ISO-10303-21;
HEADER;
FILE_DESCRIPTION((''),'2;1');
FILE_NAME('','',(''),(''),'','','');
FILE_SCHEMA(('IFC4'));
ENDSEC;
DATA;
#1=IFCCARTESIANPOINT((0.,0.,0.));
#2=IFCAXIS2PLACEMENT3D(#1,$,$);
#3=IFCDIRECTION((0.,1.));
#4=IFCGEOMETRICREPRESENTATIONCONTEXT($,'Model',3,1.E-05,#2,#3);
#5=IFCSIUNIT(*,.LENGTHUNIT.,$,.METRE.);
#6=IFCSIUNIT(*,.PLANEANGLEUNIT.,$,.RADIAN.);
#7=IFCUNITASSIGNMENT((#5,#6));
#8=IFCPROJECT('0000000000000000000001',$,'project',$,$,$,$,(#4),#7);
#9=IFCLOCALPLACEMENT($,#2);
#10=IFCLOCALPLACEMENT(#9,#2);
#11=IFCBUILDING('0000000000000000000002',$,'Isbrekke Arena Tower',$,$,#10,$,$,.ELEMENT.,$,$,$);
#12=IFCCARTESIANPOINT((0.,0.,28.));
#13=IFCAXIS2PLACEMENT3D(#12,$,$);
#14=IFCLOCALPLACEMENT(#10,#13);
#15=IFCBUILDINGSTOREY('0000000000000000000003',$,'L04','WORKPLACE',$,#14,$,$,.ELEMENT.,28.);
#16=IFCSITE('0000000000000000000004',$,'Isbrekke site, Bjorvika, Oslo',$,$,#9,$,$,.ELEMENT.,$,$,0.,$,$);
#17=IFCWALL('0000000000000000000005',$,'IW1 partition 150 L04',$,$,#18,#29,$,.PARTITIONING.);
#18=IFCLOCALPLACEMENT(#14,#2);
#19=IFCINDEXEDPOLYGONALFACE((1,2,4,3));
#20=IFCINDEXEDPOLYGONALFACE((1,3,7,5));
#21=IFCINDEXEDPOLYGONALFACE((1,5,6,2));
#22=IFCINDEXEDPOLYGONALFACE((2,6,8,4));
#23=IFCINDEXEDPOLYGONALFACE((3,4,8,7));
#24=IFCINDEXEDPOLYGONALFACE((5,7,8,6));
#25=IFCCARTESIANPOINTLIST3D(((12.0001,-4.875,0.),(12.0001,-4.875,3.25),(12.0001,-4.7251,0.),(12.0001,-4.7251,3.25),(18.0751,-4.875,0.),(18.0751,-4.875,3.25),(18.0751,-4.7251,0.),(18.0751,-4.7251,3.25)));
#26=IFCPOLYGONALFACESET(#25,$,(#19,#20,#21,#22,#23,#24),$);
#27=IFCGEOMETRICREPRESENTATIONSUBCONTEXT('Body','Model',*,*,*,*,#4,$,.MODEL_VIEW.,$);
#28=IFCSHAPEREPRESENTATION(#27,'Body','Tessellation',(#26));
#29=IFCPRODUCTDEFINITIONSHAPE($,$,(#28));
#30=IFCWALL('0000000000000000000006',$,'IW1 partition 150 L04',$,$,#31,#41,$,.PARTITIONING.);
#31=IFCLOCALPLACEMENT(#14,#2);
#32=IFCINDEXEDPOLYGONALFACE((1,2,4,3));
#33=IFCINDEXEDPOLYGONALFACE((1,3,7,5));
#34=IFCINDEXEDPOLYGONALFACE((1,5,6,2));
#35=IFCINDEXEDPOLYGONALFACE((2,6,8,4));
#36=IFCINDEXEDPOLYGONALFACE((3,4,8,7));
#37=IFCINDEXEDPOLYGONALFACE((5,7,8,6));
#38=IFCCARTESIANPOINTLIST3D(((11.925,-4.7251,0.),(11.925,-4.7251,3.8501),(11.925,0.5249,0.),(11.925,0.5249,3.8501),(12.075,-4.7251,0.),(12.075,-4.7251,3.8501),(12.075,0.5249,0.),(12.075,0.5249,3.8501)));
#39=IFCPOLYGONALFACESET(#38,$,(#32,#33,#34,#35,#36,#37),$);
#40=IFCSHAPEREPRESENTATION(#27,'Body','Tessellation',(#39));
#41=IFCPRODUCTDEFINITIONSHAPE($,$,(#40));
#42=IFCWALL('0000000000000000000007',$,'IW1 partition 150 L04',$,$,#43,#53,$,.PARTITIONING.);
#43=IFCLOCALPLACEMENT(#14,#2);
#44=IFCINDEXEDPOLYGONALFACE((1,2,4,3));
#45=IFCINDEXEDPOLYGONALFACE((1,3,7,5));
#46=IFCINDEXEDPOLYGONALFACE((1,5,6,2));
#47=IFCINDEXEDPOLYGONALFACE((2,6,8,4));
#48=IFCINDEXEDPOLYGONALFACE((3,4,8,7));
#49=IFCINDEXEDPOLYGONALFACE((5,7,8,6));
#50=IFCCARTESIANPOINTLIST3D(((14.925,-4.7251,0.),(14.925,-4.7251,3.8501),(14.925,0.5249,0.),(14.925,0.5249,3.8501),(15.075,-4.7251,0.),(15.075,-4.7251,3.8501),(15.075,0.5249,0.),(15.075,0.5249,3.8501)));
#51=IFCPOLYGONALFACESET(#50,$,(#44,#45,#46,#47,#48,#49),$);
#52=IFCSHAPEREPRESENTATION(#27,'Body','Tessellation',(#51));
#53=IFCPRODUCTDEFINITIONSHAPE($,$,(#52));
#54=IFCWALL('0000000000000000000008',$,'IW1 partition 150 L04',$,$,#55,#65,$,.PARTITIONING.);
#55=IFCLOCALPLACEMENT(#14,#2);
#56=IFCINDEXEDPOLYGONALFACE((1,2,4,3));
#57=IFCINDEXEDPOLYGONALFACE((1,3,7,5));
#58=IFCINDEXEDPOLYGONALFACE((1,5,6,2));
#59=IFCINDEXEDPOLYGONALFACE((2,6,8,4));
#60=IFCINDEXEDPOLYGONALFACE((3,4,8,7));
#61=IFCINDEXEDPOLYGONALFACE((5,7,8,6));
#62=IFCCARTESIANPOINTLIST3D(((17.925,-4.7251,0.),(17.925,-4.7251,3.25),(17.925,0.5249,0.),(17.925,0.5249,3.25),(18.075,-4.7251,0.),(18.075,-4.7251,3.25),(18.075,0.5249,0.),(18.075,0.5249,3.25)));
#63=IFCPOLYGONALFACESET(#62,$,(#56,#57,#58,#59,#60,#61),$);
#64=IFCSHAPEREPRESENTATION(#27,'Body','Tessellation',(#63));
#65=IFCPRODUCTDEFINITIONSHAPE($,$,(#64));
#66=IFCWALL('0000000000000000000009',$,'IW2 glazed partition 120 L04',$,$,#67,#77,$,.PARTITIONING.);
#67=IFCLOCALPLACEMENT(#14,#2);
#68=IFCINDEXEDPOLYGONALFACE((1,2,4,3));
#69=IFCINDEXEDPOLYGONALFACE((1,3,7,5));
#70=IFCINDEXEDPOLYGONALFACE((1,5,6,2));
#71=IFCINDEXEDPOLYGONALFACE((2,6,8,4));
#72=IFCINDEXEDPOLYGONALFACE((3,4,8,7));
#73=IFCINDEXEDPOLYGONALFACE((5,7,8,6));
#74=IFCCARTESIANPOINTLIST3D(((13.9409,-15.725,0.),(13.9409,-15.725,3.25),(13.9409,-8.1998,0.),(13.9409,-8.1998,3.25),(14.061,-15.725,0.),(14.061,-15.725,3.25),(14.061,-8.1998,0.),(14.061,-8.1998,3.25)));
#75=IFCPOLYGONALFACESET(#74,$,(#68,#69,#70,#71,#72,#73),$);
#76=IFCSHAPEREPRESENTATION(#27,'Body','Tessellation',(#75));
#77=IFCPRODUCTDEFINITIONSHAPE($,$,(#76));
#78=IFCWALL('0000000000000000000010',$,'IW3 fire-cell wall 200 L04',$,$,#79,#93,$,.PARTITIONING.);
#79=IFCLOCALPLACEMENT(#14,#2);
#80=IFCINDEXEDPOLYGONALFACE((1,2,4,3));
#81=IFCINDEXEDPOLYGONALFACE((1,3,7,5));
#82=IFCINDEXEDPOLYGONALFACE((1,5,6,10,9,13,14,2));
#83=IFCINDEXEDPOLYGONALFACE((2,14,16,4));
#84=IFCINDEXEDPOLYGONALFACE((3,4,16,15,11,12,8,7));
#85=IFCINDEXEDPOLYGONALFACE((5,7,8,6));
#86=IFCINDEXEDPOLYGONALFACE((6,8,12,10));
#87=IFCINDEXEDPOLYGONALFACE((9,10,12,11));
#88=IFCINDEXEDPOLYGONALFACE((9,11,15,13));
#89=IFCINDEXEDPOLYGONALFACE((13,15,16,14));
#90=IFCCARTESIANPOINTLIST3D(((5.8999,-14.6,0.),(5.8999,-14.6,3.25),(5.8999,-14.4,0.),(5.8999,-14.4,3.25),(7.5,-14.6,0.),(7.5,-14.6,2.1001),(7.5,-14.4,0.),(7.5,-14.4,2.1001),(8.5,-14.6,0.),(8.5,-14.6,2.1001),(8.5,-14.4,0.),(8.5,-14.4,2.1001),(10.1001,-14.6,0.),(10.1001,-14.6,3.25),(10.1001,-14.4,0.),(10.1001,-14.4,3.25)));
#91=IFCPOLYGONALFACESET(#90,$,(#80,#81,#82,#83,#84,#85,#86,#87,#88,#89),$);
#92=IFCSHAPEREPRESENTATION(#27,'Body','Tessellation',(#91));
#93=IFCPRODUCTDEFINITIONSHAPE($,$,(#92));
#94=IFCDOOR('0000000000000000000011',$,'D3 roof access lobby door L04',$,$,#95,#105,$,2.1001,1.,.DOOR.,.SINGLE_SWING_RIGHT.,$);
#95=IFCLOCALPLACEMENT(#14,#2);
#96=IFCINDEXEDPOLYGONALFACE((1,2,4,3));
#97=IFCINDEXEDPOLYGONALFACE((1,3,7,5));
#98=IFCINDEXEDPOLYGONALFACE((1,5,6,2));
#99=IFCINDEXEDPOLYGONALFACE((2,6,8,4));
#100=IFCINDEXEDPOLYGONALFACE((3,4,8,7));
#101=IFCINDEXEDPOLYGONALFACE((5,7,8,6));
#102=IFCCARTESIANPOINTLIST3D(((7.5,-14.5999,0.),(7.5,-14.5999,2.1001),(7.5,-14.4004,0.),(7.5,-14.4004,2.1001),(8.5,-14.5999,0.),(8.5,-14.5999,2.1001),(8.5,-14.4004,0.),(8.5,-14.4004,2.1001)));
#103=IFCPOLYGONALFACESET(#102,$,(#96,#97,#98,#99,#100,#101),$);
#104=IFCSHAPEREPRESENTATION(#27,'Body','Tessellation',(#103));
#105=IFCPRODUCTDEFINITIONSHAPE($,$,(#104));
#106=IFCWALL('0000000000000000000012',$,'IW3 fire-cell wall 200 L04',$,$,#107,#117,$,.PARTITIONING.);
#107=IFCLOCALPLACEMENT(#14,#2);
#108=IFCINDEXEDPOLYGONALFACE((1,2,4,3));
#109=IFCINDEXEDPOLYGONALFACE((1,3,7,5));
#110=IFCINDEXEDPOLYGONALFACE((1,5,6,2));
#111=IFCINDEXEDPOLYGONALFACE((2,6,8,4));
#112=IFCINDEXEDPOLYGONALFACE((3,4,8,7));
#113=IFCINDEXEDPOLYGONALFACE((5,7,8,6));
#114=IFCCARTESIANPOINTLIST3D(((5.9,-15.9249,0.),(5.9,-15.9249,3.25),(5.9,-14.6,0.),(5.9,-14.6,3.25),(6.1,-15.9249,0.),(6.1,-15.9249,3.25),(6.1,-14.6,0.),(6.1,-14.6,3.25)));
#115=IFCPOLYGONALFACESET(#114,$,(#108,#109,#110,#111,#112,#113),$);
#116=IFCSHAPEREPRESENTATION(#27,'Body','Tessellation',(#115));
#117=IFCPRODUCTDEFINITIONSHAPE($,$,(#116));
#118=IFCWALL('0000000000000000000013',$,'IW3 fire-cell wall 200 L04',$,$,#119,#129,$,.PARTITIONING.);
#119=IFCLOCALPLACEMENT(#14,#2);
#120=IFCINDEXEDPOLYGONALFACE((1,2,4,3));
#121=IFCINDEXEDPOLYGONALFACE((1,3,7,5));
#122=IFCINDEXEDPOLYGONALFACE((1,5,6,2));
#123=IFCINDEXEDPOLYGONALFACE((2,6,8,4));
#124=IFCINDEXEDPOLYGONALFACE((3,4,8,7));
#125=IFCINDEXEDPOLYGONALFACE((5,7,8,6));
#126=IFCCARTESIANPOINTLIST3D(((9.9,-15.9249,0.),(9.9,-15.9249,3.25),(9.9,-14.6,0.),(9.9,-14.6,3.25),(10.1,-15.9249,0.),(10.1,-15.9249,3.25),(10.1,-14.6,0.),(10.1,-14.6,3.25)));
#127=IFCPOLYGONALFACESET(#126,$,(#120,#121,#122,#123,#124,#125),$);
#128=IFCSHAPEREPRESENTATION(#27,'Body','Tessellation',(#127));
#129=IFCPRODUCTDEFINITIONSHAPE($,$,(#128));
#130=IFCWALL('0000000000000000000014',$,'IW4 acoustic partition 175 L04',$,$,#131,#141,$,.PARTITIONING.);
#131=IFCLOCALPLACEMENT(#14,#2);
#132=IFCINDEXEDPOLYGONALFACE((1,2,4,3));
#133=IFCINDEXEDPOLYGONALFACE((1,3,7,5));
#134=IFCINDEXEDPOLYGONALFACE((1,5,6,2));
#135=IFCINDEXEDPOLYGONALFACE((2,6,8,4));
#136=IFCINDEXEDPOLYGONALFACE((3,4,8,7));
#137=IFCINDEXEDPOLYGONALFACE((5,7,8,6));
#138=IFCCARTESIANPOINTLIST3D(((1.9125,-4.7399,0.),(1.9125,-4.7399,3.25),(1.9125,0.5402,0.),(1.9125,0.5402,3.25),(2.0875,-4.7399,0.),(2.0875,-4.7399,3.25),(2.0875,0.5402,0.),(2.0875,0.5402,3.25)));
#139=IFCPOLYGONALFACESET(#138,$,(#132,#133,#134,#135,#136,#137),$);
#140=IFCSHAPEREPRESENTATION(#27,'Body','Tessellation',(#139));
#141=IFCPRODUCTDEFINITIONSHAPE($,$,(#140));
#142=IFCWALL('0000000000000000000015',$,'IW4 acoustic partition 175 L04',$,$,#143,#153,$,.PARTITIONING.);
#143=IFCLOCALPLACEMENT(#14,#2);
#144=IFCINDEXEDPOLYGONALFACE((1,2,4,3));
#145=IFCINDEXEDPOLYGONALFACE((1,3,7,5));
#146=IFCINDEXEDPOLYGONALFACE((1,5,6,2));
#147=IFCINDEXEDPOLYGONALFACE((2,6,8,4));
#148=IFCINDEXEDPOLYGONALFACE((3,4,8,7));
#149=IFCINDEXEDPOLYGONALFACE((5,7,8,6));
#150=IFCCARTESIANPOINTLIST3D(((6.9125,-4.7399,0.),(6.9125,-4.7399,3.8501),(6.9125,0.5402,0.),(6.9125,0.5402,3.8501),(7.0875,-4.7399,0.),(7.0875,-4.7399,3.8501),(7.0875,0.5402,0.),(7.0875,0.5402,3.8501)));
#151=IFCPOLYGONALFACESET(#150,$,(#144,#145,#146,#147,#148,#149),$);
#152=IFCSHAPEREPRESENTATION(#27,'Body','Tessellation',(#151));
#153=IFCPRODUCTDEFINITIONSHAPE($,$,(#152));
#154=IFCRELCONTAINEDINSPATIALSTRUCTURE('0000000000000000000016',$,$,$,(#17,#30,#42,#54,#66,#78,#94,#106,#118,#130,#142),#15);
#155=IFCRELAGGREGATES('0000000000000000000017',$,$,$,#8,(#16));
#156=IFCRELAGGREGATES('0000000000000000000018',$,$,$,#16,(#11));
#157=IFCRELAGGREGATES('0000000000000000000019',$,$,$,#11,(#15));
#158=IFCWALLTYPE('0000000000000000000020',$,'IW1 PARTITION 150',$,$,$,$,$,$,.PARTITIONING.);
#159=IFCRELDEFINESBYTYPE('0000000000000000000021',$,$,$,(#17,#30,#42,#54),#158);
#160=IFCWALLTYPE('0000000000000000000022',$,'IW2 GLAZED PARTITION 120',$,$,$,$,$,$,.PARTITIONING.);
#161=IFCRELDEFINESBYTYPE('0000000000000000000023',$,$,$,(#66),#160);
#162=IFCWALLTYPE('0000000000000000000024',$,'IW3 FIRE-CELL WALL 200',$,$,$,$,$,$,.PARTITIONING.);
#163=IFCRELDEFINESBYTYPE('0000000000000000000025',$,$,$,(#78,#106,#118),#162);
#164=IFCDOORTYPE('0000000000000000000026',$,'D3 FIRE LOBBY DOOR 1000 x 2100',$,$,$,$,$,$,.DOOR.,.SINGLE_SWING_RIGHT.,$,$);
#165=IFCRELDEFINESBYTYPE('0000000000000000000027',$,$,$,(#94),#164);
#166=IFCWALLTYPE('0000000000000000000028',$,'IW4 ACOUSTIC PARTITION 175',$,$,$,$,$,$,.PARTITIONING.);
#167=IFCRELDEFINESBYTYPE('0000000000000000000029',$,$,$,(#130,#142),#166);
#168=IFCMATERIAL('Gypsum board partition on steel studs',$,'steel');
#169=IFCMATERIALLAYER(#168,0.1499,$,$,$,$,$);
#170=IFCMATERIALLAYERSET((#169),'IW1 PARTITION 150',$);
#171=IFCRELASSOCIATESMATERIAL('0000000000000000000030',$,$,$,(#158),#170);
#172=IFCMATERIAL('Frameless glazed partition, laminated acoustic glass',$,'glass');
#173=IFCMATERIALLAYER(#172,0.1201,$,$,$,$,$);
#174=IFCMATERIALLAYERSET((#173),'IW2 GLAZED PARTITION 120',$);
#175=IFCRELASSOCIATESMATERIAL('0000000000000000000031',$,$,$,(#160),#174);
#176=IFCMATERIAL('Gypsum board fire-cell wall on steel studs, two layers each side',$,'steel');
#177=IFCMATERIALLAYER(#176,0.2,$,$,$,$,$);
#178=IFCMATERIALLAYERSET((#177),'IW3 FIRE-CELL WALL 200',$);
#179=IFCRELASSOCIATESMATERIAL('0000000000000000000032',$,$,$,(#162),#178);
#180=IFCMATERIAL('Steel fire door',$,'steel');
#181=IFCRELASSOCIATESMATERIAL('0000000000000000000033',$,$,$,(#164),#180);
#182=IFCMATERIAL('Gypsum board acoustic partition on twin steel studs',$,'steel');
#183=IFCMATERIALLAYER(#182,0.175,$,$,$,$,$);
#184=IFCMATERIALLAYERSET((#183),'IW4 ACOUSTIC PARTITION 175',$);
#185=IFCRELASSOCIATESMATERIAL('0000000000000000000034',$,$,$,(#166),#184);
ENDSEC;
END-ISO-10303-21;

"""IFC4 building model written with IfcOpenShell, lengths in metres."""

from ifc_helpers import new_model, si_unit, direction, frame, frame_2d, origin, place, context, subcontext, project, spatial, rectangle, extrude, material, layer, layer_set, type_object, element, fill, save


model = new_model("IFC4")

# Units and contexts
model_context = context("Model", 3, precision=1e-05, world=origin(), true_north=direction((0.0, 1.0)))
body_context = subcontext(model_context, "Body", "Model", "MODEL_VIEW")
ifc_project = project(units=[si_unit("LENGTHUNIT", "METRE"), si_unit("PLANEANGLEUNIT", "RADIAN")], contexts=[model_context])

# Site, building, storey
site_placement = place(None, origin())
site = spatial("IfcSite", under=ifc_project, at=site_placement, Name="Isbrekke site, Bjorvika, Oslo", CompositionType="ELEMENT", RefElevation=0.0)
building_placement = place(site_placement, origin())
building = spatial("IfcBuilding", under=site, at=building_placement, Name="Isbrekke Arena Tower", CompositionType="ELEMENT")
storey_placement = place(building_placement, frame((0.0, 0.0, 28.0)))
storey = spatial("IfcBuildingStorey", under=building, at=storey_placement, Name="L04", Description="WORKPLACE", CompositionType="ELEMENT", Elevation=28.0)

# Walls
ifc_material_1 = material(Name="Gypsum board partition on steel studs", Category="steel")
ifc_layer_1 = layer(ifc_material_1, 0.1499)
ifc_layer_set_1 = layer_set([ifc_layer_1], Name="IW1 PARTITION 150")
wall_type_1 = type_object("IfcWallType", Name="IW1 PARTITION 150", PredefinedType="PARTITIONING", material=ifc_layer_set_1)
wall_1_placement = place(storey_placement, frame((12.0, -4.8, 0.0), z_axis=(0.0, 0.0, 1.0), x_axis=(1.0, 0.0, 0.0)))
element("IfcWall", 1, at=wall_1_placement, inside=storey, type_object=wall_type_1, Name="IW1 partition 150 L04", PredefinedType="PARTITIONING", context=body_context, shape_type="SweptSolid", body=[
    extrude(rectangle(XDim=6.075, YDim=0.1499, at=frame_2d((3.0376, 0.0))), origin(), (0.0, 0.0, 1.0), 3.25),
])
for number, where, z_axis, x_axis, name in (
    (2, (12.0, -4.7251, 0.0), (0.0, 0.0, 1.0), (0.0, 1.0, 0.0), "IW1 partition 150 L04"),
    (3, (15.0, -4.7251, 0.0), (0.0, 0.0, 1.0), (0.0, 1.0, 0.0), "IW1 partition 150 L04"),
):
    element("IfcWall", number, at=place(storey_placement, frame(where, z_axis=z_axis, x_axis=x_axis)), inside=storey, type_object=wall_type_1, Name=name, PredefinedType="PARTITIONING", context=body_context, shape_type="SweptSolid", body=[
        extrude(rectangle(XDim=5.25, YDim=0.1499, at=frame_2d((2.625, 0.0))), origin(), (0.0, 0.0, 1.0), 3.8501),
    ])
wall_2_placement = place(storey_placement, frame((18.0, -4.7251, 0.0), z_axis=(0.0, 0.0, 1.0), x_axis=(0.0, 1.0, 0.0)))
element("IfcWall", 4, at=wall_2_placement, inside=storey, type_object=wall_type_1, Name="IW1 partition 150 L04", PredefinedType="PARTITIONING", context=body_context, shape_type="SweptSolid", body=[
    extrude(rectangle(XDim=5.25, YDim=0.1499, at=frame_2d((2.625, 0.0))), origin(), (0.0, 0.0, 1.0), 3.25),
])
ifc_material_2 = material(Name="Frameless glazed partition, laminated acoustic glass", Category="glass")
ifc_layer_2 = layer(ifc_material_2, 0.1201)
ifc_layer_set_2 = layer_set([ifc_layer_2], Name="IW2 GLAZED PARTITION 120")
wall_type_2 = type_object("IfcWallType", Name="IW2 GLAZED PARTITION 120", PredefinedType="PARTITIONING", material=ifc_layer_set_2)
wall_3_placement = place(storey_placement, frame((14.001, -15.7251, 0.0), z_axis=(0.0, 0.0, 1.0), x_axis=(0.0, 1.0, 0.0)))
element("IfcWall", 5, at=wall_3_placement, inside=storey, type_object=wall_type_2, Name="IW2 glazed partition 120 L04", PredefinedType="PARTITIONING", context=body_context, shape_type="SweptSolid", body=[
    extrude(rectangle(XDim=7.5251, YDim=0.1201, at=frame_2d((3.7627, 0.0))), origin(), (0.0, 0.0, 1.0), 3.25),
])

# Wall, opening, door
ifc_material_3 = material(Name="Gypsum board fire-cell wall on steel studs, two layers each side", Category="steel")
ifc_layer_3 = layer(ifc_material_3, 0.2)
ifc_layer_set_3 = layer_set([ifc_layer_3], Name="IW3 FIRE-CELL WALL 200")
wall_type_3 = type_object("IfcWallType", Name="IW3 FIRE-CELL WALL 200", PredefinedType="PARTITIONING", material=ifc_layer_set_3)
wall_4_placement = place(storey_placement, frame((5.8999, -14.5, 0.0), z_axis=(0.0, 0.0, 1.0), x_axis=(1.0, 0.0, 0.0)))
wall_4 = element("IfcWall", 6, at=wall_4_placement, inside=storey, type_object=wall_type_3, Name="IW3 fire-cell wall 200 L04", PredefinedType="PARTITIONING", context=body_context, shape_type="SweptSolid", body=[
    extrude(rectangle(XDim=4.2002, YDim=0.2, at=frame_2d((2.1001, 0.0))), origin(), (0.0, 0.0, 1.0), 3.25),
])
opening_placement = place(wall_4_placement, frame((1.6001, 0.0, 0.0)))
opening = element("IfcOpeningElement", 7, at=opening_placement, cuts=wall_4, PredefinedType="OPENING", context=body_context, shape_type="SweptSolid", body=[
    extrude(rectangle(XDim=1.0, YDim=2.1001, at=frame_2d((0.5, 1.05))), frame((0.0, 0.1147, 0.0), z_axis=(0.0, -1.0, 0.0), x_axis=(1.0, 0.0, 0.0)), (0.0, 0.0, 1.0), 0.2297),
])
ifc_material_4 = material(Name="Steel fire door", Category="steel")
door_type = type_object("IfcDoorType", Name="D3 FIRE LOBBY DOOR 1000 x 2100", OperationType="SINGLE_SWING_RIGHT", PredefinedType="DOOR", material=ifc_material_4)
door_placement = place(opening_placement, origin())
door = element("IfcDoor", 8, at=door_placement, inside=storey, type_object=door_type, Name="D3 roof access lobby door L04", OperationType="SINGLE_SWING_RIGHT", OverallHeight=2.1001, OverallWidth=1.0, PredefinedType="DOOR", context=body_context, shape_type="SweptSolid", body=[
    extrude(rectangle(XDim=1.0, YDim=2.1001, at=frame_2d((0.5, 1.05))), frame((0.0, 0.0996, 0.0), z_axis=(0.0, -1.0, 0.0), x_axis=(1.0, 0.0, 0.0)), (0.0, 0.0, 1.0), 0.1995),
])
fill(opening, door)

# Walls
for number, where, z_axis, x_axis, name in (
    (9, (6.0, -15.925, 0.0), (0.0, 0.0, 1.0), (0.0, 1.0, 0.0), "IW3 fire-cell wall 200 L04"),
    (10, (10.0, -15.925, 0.0), (0.0, 0.0, 1.0), (0.0, 1.0, 0.0), "IW3 fire-cell wall 200 L04"),
):
    element("IfcWall", number, at=place(storey_placement, frame(where, z_axis=z_axis, x_axis=x_axis)), inside=storey, type_object=wall_type_3, Name=name, PredefinedType="PARTITIONING", context=body_context, shape_type="SweptSolid", body=[
        extrude(rectangle(XDim=1.325, YDim=0.2, at=frame_2d((0.6626, 0.0))), origin(), (0.0, 0.0, 1.0), 3.25),
    ])
ifc_material_5 = material(Name="Gypsum board acoustic partition on twin steel studs", Category="steel")
ifc_layer_4 = layer(ifc_material_5, 0.175)
ifc_layer_set_4 = layer_set([ifc_layer_4], Name="IW4 ACOUSTIC PARTITION 175")
wall_type_4 = type_object("IfcWallType", Name="IW4 ACOUSTIC PARTITION 175", PredefinedType="PARTITIONING", material=ifc_layer_set_4)
wall_5_placement = place(storey_placement, frame((2.0, -4.74, 0.0), z_axis=(0.0, 0.0, 1.0), x_axis=(0.0, 1.0, 0.0)))
element("IfcWall", 11, at=wall_5_placement, inside=storey, type_object=wall_type_4, Name="IW4 acoustic partition 175 L04", PredefinedType="PARTITIONING", context=body_context, shape_type="SweptSolid", body=[
    extrude(rectangle(XDim=5.28, YDim=0.175, at=frame_2d((2.6401, 0.0))), origin(), (0.0, 0.0, 1.0), 3.25),
])
wall_6_placement = place(storey_placement, frame((7.0, -4.74, 0.0), z_axis=(0.0, 0.0, 1.0), x_axis=(0.0, 1.0, 0.0)))
element("IfcWall", 12, at=wall_6_placement, inside=storey, type_object=wall_type_4, Name="IW4 acoustic partition 175 L04", PredefinedType="PARTITIONING", context=body_context, shape_type="SweptSolid", body=[
    extrude(rectangle(XDim=5.28, YDim=0.175, at=frame_2d((2.6401, 0.0))), origin(), (0.0, 0.0, 1.0), 3.8501),
])

save(model, "model.ifc")
